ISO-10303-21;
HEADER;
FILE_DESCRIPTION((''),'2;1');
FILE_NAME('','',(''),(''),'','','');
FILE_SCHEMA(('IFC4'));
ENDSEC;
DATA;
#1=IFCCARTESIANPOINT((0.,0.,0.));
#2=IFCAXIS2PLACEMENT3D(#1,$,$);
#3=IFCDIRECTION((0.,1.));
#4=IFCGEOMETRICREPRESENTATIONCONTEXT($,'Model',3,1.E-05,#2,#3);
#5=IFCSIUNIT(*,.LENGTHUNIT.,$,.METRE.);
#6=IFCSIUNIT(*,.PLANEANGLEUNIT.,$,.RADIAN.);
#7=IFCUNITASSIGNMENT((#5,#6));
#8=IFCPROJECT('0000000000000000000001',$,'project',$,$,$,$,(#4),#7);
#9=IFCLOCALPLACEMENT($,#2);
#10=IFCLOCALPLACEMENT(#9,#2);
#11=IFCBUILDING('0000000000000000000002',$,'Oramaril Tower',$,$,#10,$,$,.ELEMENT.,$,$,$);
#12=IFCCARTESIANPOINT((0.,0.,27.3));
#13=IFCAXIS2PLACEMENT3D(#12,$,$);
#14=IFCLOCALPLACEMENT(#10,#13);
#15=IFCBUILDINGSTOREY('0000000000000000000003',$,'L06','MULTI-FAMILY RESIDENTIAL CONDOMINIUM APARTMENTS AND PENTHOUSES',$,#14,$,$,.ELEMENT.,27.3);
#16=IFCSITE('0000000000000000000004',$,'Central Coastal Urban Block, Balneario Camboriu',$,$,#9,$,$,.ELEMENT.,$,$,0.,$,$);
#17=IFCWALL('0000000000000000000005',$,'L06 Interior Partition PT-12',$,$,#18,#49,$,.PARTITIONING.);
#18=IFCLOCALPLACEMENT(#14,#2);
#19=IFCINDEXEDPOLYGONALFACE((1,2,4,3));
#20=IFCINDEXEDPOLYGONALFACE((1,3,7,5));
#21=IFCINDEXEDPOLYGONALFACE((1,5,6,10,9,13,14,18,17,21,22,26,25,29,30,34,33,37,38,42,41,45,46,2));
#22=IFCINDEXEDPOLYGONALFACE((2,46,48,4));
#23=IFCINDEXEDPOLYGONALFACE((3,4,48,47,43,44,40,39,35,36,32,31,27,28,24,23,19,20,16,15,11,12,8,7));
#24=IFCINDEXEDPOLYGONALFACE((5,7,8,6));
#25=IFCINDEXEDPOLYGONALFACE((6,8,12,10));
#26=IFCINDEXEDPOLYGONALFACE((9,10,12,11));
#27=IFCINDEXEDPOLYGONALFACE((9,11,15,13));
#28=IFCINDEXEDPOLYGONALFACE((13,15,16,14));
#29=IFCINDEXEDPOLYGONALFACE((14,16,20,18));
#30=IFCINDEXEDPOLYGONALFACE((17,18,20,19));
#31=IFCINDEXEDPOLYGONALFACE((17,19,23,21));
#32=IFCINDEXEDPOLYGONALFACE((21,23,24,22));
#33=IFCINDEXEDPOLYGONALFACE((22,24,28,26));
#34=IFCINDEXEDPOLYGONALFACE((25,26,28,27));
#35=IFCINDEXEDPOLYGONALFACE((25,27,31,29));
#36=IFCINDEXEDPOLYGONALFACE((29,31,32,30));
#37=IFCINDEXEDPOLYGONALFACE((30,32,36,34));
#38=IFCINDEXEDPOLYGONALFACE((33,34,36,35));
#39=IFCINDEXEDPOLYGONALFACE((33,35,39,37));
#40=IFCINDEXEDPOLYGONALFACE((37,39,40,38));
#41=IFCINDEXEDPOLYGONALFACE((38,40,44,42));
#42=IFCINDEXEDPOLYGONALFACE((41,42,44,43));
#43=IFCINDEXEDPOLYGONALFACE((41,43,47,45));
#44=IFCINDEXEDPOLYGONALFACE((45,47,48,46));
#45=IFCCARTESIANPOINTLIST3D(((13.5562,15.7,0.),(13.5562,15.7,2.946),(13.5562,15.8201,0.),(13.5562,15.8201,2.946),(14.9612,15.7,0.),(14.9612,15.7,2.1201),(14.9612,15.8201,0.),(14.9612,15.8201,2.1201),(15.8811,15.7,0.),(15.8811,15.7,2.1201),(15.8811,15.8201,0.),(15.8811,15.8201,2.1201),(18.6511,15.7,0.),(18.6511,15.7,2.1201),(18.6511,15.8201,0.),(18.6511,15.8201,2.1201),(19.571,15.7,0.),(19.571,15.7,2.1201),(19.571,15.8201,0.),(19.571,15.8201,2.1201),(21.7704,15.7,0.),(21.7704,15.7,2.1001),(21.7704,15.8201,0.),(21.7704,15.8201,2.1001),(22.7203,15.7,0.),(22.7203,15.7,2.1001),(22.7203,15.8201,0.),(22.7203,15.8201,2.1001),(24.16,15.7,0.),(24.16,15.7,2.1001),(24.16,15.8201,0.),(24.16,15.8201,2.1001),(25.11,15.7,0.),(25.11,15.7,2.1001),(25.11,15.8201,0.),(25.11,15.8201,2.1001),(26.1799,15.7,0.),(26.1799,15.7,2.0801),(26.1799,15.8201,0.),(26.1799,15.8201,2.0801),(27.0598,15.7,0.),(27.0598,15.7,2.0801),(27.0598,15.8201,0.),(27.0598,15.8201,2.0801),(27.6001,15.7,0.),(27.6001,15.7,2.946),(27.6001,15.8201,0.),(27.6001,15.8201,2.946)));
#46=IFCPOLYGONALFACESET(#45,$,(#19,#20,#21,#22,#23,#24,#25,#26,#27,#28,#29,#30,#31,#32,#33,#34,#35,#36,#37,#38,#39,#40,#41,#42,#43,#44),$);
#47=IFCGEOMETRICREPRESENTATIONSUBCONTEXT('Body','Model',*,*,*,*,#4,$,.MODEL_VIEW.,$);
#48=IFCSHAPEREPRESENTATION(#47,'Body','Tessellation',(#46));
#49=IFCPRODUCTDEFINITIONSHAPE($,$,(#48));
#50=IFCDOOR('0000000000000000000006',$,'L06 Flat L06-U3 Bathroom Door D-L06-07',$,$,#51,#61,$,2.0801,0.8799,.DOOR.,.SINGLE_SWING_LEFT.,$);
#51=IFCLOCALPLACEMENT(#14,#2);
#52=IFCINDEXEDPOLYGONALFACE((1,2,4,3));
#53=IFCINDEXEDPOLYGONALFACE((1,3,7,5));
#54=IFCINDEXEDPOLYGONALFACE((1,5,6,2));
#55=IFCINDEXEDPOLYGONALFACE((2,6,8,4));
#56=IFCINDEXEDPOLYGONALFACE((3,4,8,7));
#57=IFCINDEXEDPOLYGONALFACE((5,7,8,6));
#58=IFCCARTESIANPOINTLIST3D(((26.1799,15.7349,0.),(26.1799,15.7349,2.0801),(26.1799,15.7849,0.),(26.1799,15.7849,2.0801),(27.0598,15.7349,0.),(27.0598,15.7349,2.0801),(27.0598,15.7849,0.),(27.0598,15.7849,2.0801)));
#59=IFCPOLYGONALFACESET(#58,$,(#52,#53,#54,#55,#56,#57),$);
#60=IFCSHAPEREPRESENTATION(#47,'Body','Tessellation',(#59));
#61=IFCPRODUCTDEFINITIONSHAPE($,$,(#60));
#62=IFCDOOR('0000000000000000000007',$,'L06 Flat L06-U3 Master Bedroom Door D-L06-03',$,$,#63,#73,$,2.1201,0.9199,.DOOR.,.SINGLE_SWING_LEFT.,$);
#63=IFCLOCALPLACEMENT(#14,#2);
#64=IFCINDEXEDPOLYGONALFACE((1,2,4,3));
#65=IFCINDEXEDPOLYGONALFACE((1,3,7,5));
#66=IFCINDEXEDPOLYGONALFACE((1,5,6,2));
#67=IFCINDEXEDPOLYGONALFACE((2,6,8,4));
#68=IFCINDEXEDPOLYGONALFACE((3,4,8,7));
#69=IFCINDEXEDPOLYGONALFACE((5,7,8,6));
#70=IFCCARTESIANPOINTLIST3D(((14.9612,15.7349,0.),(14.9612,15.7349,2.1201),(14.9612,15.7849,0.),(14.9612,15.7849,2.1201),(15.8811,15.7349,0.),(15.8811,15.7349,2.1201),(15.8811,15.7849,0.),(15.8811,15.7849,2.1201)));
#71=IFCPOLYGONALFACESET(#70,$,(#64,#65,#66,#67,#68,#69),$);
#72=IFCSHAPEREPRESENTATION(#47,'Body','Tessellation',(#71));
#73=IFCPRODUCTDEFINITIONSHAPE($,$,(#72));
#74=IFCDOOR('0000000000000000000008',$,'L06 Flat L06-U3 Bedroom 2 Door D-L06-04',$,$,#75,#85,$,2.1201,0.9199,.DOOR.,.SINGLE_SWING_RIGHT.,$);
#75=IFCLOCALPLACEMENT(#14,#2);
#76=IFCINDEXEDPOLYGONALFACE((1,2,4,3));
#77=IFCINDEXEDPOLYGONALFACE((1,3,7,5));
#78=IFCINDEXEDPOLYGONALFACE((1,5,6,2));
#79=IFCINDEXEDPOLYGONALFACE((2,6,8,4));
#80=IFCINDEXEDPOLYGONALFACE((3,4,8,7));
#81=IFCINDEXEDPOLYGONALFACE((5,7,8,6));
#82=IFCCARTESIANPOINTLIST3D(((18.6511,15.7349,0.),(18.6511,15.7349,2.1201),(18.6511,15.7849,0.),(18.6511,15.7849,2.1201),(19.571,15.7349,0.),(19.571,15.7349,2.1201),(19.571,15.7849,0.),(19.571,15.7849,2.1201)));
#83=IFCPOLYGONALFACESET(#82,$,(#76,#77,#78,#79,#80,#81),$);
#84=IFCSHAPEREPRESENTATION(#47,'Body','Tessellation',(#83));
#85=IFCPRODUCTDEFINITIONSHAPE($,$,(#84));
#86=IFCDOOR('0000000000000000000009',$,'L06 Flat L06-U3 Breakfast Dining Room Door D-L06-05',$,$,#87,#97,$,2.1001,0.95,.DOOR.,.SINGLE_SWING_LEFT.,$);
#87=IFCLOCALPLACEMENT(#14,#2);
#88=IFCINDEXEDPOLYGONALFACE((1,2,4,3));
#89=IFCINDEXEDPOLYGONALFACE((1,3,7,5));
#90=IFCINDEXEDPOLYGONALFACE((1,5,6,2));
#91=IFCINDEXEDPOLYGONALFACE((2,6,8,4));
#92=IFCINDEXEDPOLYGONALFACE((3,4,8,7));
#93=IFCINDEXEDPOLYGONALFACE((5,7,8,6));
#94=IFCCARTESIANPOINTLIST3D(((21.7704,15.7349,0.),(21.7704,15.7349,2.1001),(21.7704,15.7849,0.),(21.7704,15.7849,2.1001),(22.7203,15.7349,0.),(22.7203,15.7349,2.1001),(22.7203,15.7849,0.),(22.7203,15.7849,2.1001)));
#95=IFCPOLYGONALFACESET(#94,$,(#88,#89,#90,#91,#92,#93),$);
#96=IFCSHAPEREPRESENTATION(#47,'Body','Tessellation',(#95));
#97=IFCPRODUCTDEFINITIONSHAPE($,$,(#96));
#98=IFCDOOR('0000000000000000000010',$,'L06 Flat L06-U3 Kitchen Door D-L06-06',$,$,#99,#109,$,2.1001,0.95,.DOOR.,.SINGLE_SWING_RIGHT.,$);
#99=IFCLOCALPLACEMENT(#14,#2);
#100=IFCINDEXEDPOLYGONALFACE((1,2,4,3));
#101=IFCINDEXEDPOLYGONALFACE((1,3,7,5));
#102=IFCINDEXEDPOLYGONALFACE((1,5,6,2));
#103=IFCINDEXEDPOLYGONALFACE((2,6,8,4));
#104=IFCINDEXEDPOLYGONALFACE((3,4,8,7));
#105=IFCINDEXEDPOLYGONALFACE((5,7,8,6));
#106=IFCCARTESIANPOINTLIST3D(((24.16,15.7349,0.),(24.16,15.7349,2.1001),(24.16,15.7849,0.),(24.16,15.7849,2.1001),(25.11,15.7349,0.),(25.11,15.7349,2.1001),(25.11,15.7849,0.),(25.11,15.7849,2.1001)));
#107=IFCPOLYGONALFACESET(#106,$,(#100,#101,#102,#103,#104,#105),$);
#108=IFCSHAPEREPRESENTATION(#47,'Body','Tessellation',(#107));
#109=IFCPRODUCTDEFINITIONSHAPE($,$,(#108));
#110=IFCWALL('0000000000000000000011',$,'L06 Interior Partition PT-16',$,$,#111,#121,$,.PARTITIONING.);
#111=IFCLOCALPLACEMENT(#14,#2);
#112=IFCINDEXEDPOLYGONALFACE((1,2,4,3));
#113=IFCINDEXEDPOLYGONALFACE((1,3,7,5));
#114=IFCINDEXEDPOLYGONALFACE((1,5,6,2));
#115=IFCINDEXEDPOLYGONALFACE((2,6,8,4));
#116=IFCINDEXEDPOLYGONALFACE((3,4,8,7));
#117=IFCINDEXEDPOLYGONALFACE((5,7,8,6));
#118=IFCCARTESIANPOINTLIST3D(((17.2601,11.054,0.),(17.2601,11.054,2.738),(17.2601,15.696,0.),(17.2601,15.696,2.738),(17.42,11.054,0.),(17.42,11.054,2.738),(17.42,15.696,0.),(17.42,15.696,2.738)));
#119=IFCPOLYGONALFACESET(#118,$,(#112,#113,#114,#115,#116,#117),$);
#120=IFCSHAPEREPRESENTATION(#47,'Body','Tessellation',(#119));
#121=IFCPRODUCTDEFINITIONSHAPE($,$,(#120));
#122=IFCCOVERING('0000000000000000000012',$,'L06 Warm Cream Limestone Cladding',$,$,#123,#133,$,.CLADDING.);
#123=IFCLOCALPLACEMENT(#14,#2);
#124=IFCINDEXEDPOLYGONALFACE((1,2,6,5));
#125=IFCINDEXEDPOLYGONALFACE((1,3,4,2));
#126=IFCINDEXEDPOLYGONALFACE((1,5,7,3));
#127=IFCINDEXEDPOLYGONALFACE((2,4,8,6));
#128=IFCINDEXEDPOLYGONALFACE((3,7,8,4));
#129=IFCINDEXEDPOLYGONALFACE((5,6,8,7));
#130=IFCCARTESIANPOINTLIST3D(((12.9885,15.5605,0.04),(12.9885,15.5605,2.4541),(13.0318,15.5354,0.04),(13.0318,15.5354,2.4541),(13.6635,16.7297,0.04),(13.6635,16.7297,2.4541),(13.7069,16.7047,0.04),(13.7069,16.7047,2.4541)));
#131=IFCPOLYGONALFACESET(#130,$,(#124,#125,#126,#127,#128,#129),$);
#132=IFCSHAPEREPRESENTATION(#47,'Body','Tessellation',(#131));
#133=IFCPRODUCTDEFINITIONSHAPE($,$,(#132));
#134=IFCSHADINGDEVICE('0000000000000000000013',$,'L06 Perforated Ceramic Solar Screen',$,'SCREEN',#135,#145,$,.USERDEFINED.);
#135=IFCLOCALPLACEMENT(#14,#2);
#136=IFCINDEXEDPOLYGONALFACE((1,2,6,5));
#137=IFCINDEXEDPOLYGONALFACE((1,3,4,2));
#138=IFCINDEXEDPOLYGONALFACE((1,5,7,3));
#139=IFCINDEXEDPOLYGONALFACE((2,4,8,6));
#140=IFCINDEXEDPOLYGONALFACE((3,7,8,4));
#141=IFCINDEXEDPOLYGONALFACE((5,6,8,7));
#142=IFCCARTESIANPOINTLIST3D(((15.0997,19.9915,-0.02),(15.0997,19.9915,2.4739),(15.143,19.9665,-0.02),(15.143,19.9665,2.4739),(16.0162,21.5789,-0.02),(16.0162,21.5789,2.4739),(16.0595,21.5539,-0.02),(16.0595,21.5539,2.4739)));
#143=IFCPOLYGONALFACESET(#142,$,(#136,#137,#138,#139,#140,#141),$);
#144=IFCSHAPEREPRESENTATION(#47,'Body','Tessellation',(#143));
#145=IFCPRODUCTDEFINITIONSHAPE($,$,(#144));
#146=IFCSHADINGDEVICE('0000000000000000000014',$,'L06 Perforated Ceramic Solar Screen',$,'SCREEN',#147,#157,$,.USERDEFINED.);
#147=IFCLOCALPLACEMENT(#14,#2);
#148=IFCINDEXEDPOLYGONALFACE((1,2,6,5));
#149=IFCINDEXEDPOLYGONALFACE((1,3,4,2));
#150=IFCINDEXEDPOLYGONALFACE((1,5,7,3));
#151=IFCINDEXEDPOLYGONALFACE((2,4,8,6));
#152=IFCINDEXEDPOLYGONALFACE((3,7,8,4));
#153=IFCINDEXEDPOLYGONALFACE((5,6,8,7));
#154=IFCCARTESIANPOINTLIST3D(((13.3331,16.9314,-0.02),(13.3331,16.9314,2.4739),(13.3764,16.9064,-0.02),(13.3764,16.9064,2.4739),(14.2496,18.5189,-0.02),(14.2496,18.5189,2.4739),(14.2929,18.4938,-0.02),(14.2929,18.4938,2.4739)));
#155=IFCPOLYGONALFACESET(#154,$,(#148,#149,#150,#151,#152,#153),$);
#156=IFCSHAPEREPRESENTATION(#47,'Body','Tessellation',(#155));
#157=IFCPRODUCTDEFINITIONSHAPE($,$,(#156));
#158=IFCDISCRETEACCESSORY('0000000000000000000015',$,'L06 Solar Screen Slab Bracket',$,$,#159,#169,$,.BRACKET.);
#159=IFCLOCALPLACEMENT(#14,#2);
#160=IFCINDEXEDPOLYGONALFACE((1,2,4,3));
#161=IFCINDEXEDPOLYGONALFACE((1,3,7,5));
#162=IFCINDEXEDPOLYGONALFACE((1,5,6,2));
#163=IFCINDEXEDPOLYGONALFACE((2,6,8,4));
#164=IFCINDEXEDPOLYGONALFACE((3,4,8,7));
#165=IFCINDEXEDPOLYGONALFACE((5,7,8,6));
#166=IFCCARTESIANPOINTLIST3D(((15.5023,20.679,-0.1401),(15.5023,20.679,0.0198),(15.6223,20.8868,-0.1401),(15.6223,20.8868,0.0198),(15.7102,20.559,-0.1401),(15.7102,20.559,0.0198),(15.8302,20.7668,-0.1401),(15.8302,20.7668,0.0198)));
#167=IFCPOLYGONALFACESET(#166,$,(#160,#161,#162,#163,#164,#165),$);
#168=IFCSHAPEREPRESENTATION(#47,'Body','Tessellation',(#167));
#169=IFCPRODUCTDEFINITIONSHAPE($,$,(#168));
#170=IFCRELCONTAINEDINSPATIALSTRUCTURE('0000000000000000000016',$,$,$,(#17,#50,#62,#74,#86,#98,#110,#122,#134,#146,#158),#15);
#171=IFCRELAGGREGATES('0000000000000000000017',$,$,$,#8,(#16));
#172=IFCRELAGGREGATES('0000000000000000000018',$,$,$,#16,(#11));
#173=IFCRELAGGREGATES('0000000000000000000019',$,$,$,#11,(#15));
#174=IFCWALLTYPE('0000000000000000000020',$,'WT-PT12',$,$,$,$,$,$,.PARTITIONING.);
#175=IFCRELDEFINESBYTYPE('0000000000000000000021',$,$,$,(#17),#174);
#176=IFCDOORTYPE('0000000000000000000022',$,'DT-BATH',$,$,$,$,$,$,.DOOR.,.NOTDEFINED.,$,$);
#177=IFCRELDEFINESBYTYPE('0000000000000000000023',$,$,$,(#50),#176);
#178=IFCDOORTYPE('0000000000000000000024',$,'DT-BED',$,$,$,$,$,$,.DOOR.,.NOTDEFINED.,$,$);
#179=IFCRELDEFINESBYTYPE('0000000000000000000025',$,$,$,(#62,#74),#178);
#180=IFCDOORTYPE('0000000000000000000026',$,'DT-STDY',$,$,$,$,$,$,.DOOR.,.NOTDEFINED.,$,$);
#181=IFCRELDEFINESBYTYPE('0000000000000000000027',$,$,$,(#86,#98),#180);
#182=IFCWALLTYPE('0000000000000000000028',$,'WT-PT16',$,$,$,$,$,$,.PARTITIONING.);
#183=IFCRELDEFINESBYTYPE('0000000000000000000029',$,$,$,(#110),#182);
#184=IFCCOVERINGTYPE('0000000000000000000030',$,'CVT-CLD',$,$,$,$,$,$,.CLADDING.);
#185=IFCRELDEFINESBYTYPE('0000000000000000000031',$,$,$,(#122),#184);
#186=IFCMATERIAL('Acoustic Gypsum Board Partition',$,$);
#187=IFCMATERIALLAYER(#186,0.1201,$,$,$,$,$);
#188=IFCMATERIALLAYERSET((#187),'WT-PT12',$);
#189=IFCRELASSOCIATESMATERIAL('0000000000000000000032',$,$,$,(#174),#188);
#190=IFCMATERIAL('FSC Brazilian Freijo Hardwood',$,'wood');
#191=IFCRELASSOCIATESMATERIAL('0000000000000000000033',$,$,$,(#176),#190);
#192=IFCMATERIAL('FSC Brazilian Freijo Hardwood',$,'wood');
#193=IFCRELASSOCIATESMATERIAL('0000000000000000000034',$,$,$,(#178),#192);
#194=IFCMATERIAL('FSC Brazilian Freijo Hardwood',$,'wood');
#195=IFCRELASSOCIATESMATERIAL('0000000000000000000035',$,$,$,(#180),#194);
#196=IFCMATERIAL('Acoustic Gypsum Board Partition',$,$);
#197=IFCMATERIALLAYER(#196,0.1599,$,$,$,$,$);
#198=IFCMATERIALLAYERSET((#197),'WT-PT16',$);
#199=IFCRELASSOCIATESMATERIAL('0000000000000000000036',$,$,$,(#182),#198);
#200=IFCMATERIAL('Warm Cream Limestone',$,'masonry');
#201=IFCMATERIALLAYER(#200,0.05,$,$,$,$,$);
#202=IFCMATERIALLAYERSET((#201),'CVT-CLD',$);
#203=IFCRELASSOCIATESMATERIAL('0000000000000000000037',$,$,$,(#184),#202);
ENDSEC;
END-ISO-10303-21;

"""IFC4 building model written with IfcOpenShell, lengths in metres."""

from ifc_helpers import new_model, si_unit, direction, frame, frame_2d, origin, origin_2d, place, context, subcontext, project, spatial, rectangle, extrude, material, layer, layer_set, type_object, element, fill, save


model = new_model("IFC4")

# Units and contexts
model_context = context("Model", 3, precision=1e-05, world=origin(), true_north=direction((0.0, 1.0)))
body_context = subcontext(model_context, "Body", "Model", "MODEL_VIEW")
ifc_project = project(units=[si_unit("LENGTHUNIT", "METRE"), si_unit("PLANEANGLEUNIT", "RADIAN")], contexts=[model_context])

# Site, building, storey
site_placement = place(None, origin())
site = spatial("IfcSite", under=ifc_project, at=site_placement, Name="Central Coastal Urban Block, Balneario Camboriu", CompositionType="ELEMENT", RefElevation=0.0)
building_placement = place(site_placement, origin())
building = spatial("IfcBuilding", under=site, at=building_placement, Name="Oramaril Tower", CompositionType="ELEMENT")
storey_placement = place(building_placement, frame((0.0, 0.0, 27.3)))
storey = spatial("IfcBuildingStorey", under=building, at=storey_placement, Name="L06", Description="MULTI-FAMILY RESIDENTIAL CONDOMINIUM APARTMENTS AND PENTHOUSES", CompositionType="ELEMENT", Elevation=27.3)

# Wall, openings, doors
ifc_material_1 = material(Name="Acoustic Gypsum Board Partition")
ifc_layer_1 = layer(ifc_material_1, 0.1201)
ifc_layer_set_1 = layer_set([ifc_layer_1], Name="WT-PT12")
wall_type_1 = type_object("IfcWallType", Name="WT-PT12", PredefinedType="PARTITIONING", material=ifc_layer_set_1)
wall_1_placement = place(storey_placement, frame((13.5562, 15.76, 0.0), z_axis=(0.0, 0.0, 1.0), x_axis=(1.0, 0.0, 0.0)))
wall_1 = element("IfcWall", 1, at=wall_1_placement, inside=storey, type_object=wall_type_1, Name="L06 Interior Partition PT-12", PredefinedType="PARTITIONING", context=body_context, shape_type="SweptSolid", body=[
    extrude(rectangle(XDim=14.0439, YDim=0.1201, at=frame_2d((7.022, 0.0))), origin(), (0.0, 0.0, 1.0), 2.946),
])
opening_1_placement = place(wall_1_placement, frame((1.405, 0.0, 0.0)))
opening_1 = element("IfcOpeningElement", 2, at=opening_1_placement, cuts=wall_1, PredefinedType="OPENING", context=body_context, shape_type="SweptSolid", body=[
    extrude(rectangle(XDim=0.9199, YDim=2.1201, at=frame_2d((0.46, 1.0601))), frame((0.0, 0.0601, 0.0), z_axis=(0.0, -1.0, 0.0), x_axis=(1.0, 0.0, 0.0)), (0.0, 0.0, 1.0), 0.1201),
])
opening_2_placement = place(wall_1_placement, frame((5.095, 0.0, 0.0)))
opening_2 = element("IfcOpeningElement", 3, at=opening_2_placement, cuts=wall_1, PredefinedType="OPENING", context=body_context, shape_type="SweptSolid", body=[
    extrude(rectangle(XDim=0.9199, YDim=2.1201, at=frame_2d((0.46, 1.0601))), frame((0.0, 0.0601, 0.0), z_axis=(0.0, -1.0, 0.0), x_axis=(1.0, 0.0, 0.0)), (0.0, 0.0, 1.0), 0.1201),
])
opening_3_placement = place(wall_1_placement, frame((8.2141, 0.0, 0.0)))
opening_3 = element("IfcOpeningElement", 4, at=opening_3_placement, cuts=wall_1, PredefinedType="OPENING", context=body_context, shape_type="SweptSolid", body=[
    extrude(rectangle(XDim=0.95, YDim=2.1001, at=frame_2d((0.4751, 1.05))), frame((0.0, 0.0601, 0.0), z_axis=(0.0, -1.0, 0.0), x_axis=(1.0, 0.0, 0.0)), (0.0, 0.0, 1.0), 0.1201),
])
opening_4_placement = place(wall_1_placement, frame((10.6038, 0.0, 0.0)))
opening_4 = element("IfcOpeningElement", 5, at=opening_4_placement, cuts=wall_1, PredefinedType="OPENING", context=body_context, shape_type="SweptSolid", body=[
    extrude(rectangle(XDim=0.95, YDim=2.1001, at=frame_2d((0.4751, 1.05))), frame((0.0, 0.0601, 0.0), z_axis=(0.0, -1.0, 0.0), x_axis=(1.0, 0.0, 0.0)), (0.0, 0.0, 1.0), 0.1201),
])
opening_5_placement = place(wall_1_placement, frame((12.6238, 0.0, 0.0)))
opening_5 = element("IfcOpeningElement", 6, at=opening_5_placement, cuts=wall_1, PredefinedType="OPENING", context=body_context, shape_type="SweptSolid", body=[
    extrude(rectangle(XDim=0.8799, YDim=2.0801, at=frame_2d((0.4399, 1.04))), frame((0.0, 0.0601, 0.0), z_axis=(0.0, -1.0, 0.0), x_axis=(1.0, 0.0, 0.0)), (0.0, 0.0, 1.0), 0.1201),
])
ifc_material_2 = material(Name="FSC Brazilian Freijo Hardwood", Category="wood")
door_type_1 = type_object("IfcDoorType", Name="DT-BATH", OperationType="NOTDEFINED", PredefinedType="DOOR", material=ifc_material_2)
door_1_placement = place(opening_5_placement, origin())
door_1 = element("IfcDoor", 7, at=door_1_placement, inside=storey, type_object=door_type_1, Name="L06 Flat L06-U3 Bathroom Door D-L06-07", OperationType="SINGLE_SWING_LEFT", OverallHeight=2.0801, OverallWidth=0.8799, PredefinedType="DOOR", context=body_context, shape_type="SweptSolid", body=[
    extrude(rectangle(XDim=0.8799, YDim=2.0801, at=frame_2d((0.4399, 1.04))), frame((0.0, 0.0249, 0.0), z_axis=(0.0, -1.0, 0.0), x_axis=(1.0, 0.0, 0.0)), (0.0, 0.0, 1.0), 0.05),
])
fill(opening_5, door_1)
ifc_material_3 = material(Name="FSC Brazilian Freijo Hardwood", Category="wood")
door_type_2 = type_object("IfcDoorType", Name="DT-BED", OperationType="NOTDEFINED", PredefinedType="DOOR", material=ifc_material_3)
door_2_placement = place(opening_1_placement, origin())
door_2 = element("IfcDoor", 8, at=door_2_placement, inside=storey, type_object=door_type_2, Name="L06 Flat L06-U3 Master Bedroom Door D-L06-03", OperationType="SINGLE_SWING_LEFT", OverallHeight=2.1201, OverallWidth=0.9199, PredefinedType="DOOR", context=body_context, shape_type="SweptSolid", body=[
    extrude(rectangle(XDim=0.9199, YDim=2.1201, at=frame_2d((0.46, 1.0601))), frame((0.0, 0.0249, 0.0), z_axis=(0.0, -1.0, 0.0), x_axis=(1.0, 0.0, 0.0)), (0.0, 0.0, 1.0), 0.05),
])
fill(opening_1, door_2)
door_3_placement = place(opening_2_placement, origin())
door_3 = element("IfcDoor", 9, at=door_3_placement, inside=storey, type_object=door_type_2, Name="L06 Flat L06-U3 Bedroom 2 Door D-L06-04", OperationType="SINGLE_SWING_RIGHT", OverallHeight=2.1201, OverallWidth=0.9199, PredefinedType="DOOR", context=body_context, shape_type="SweptSolid", body=[
    extrude(rectangle(XDim=0.9199, YDim=2.1201, at=frame_2d((0.46, 1.0601))), frame((0.0, 0.0249, 0.0), z_axis=(0.0, -1.0, 0.0), x_axis=(1.0, 0.0, 0.0)), (0.0, 0.0, 1.0), 0.05),
])
fill(opening_2, door_3)
ifc_material_4 = material(Name="FSC Brazilian Freijo Hardwood", Category="wood")
door_type_3 = type_object("IfcDoorType", Name="DT-STDY", OperationType="NOTDEFINED", PredefinedType="DOOR", material=ifc_material_4)
door_4_placement = place(opening_3_placement, origin())
door_4 = element("IfcDoor", 10, at=door_4_placement, inside=storey, type_object=door_type_3, Name="L06 Flat L06-U3 Breakfast Dining Room Door D-L06-05", OperationType="SINGLE_SWING_LEFT", OverallHeight=2.1001, OverallWidth=0.95, PredefinedType="DOOR", context=body_context, shape_type="SweptSolid", body=[
    extrude(rectangle(XDim=0.95, YDim=2.1001, at=frame_2d((0.4751, 1.05))), frame((0.0, 0.0249, 0.0), z_axis=(0.0, -1.0, 0.0), x_axis=(1.0, 0.0, 0.0)), (0.0, 0.0, 1.0), 0.05),
])
fill(opening_3, door_4)
door_5_placement = place(opening_4_placement, origin())
door_5 = element("IfcDoor", 11, at=door_5_placement, inside=storey, type_object=door_type_3, Name="L06 Flat L06-U3 Kitchen Door D-L06-06", OperationType="SINGLE_SWING_RIGHT", OverallHeight=2.1001, OverallWidth=0.95, PredefinedType="DOOR", context=body_context, shape_type="SweptSolid", body=[
    extrude(rectangle(XDim=0.95, YDim=2.1001, at=frame_2d((0.4751, 1.05))), frame((0.0, 0.0249, 0.0), z_axis=(0.0, -1.0, 0.0), x_axis=(1.0, 0.0, 0.0)), (0.0, 0.0, 1.0), 0.05),
])
fill(opening_4, door_5)

# Wall
ifc_material_5 = material(Name="Acoustic Gypsum Board Partition")
ifc_layer_2 = layer(ifc_material_5, 0.1599)
ifc_layer_set_2 = layer_set([ifc_layer_2], Name="WT-PT16")
wall_type_2 = type_object("IfcWallType", Name="WT-PT16", PredefinedType="PARTITIONING", material=ifc_layer_set_2)
wall_2_placement = place(storey_placement, frame((17.3401, 11.054, 0.0), z_axis=(0.0, 0.0, 1.0), x_axis=(0.0, 1.0, 0.0)))
element("IfcWall", 12, at=wall_2_placement, inside=storey, type_object=wall_type_2, Name="L06 Interior Partition PT-16", PredefinedType="PARTITIONING", context=body_context, shape_type="SweptSolid", body=[
    extrude(rectangle(XDim=4.6421, YDim=0.1599, at=frame_2d((2.321, 0.0))), origin(), (0.0, 0.0, 1.0), 2.738),
])

# Covering
ifc_material_6 = material(Name="Warm Cream Limestone", Category="masonry")
ifc_layer_3 = layer(ifc_material_6, 0.05)
ifc_layer_set_3 = layer_set([ifc_layer_3], Name="CVT-CLD")
covering_type = type_object("IfcCoveringType", Name="CVT-CLD", PredefinedType="CLADDING", material=ifc_layer_set_3)
covering_placement = place(storey_placement, frame((13.3477, 16.1326, 0.04), z_axis=(0.0, 0.0, 1.0), x_axis=(-0.5, -0.866025, 0.0)))
element("IfcCovering", 13, at=covering_placement, inside=storey, type_object=covering_type, Name="L06 Warm Cream Limestone Cladding", PredefinedType="CLADDING", context=body_context, shape_type="SweptSolid", body=[
    extrude(rectangle(XDim=1.3501, YDim=0.05, at=origin_2d()), origin(), (0.0, 0.0, 1.0), 2.4141),
])

# Shading devices
for number, where, z_axis, x_axis, name in (
    (14, (15.5796, 20.7727, -0.02), (0.0, 0.0, 1.0), (-0.5, -0.866025, 0.0), "L06 Perforated Ceramic Solar Screen"),
    (15, (13.813, 17.7126, -0.02), (0.0, 0.0, 1.0), (-0.5, -0.866025, 0.0), "L06 Perforated Ceramic Solar Screen"),
):
    element("IfcShadingDevice", number, at=place(storey_placement, frame(where, z_axis=z_axis, x_axis=x_axis)), inside=storey, Name=name, ObjectType="SCREEN", PredefinedType="USERDEFINED", context=body_context, shape_type="SweptSolid", body=[
        extrude(rectangle(XDim=1.833, YDim=0.05, at=origin_2d()), origin(), (0.0, 0.0, 1.0), 2.4939),
    ])

# Discrete accessory
for number, where, z_axis, x_axis, name in (
    (16, (15.6663, 20.7229, -0.1401), (0.0, 0.0, 1.0), (-0.5, -0.866025, 0.0), "L06 Solar Screen Slab Bracket"),
):
    element("IfcDiscreteAccessory", number, at=place(storey_placement, frame(where, z_axis=z_axis, x_axis=x_axis)), inside=storey, Name=name, PredefinedType="BRACKET", context=body_context, shape_type="SweptSolid", body=[
        extrude(rectangle(XDim=0.24, YDim=0.24, at=origin_2d()), origin(), (0.0, 0.0, 1.0), 0.1599),
    ])

save(model, "model.ifc")
